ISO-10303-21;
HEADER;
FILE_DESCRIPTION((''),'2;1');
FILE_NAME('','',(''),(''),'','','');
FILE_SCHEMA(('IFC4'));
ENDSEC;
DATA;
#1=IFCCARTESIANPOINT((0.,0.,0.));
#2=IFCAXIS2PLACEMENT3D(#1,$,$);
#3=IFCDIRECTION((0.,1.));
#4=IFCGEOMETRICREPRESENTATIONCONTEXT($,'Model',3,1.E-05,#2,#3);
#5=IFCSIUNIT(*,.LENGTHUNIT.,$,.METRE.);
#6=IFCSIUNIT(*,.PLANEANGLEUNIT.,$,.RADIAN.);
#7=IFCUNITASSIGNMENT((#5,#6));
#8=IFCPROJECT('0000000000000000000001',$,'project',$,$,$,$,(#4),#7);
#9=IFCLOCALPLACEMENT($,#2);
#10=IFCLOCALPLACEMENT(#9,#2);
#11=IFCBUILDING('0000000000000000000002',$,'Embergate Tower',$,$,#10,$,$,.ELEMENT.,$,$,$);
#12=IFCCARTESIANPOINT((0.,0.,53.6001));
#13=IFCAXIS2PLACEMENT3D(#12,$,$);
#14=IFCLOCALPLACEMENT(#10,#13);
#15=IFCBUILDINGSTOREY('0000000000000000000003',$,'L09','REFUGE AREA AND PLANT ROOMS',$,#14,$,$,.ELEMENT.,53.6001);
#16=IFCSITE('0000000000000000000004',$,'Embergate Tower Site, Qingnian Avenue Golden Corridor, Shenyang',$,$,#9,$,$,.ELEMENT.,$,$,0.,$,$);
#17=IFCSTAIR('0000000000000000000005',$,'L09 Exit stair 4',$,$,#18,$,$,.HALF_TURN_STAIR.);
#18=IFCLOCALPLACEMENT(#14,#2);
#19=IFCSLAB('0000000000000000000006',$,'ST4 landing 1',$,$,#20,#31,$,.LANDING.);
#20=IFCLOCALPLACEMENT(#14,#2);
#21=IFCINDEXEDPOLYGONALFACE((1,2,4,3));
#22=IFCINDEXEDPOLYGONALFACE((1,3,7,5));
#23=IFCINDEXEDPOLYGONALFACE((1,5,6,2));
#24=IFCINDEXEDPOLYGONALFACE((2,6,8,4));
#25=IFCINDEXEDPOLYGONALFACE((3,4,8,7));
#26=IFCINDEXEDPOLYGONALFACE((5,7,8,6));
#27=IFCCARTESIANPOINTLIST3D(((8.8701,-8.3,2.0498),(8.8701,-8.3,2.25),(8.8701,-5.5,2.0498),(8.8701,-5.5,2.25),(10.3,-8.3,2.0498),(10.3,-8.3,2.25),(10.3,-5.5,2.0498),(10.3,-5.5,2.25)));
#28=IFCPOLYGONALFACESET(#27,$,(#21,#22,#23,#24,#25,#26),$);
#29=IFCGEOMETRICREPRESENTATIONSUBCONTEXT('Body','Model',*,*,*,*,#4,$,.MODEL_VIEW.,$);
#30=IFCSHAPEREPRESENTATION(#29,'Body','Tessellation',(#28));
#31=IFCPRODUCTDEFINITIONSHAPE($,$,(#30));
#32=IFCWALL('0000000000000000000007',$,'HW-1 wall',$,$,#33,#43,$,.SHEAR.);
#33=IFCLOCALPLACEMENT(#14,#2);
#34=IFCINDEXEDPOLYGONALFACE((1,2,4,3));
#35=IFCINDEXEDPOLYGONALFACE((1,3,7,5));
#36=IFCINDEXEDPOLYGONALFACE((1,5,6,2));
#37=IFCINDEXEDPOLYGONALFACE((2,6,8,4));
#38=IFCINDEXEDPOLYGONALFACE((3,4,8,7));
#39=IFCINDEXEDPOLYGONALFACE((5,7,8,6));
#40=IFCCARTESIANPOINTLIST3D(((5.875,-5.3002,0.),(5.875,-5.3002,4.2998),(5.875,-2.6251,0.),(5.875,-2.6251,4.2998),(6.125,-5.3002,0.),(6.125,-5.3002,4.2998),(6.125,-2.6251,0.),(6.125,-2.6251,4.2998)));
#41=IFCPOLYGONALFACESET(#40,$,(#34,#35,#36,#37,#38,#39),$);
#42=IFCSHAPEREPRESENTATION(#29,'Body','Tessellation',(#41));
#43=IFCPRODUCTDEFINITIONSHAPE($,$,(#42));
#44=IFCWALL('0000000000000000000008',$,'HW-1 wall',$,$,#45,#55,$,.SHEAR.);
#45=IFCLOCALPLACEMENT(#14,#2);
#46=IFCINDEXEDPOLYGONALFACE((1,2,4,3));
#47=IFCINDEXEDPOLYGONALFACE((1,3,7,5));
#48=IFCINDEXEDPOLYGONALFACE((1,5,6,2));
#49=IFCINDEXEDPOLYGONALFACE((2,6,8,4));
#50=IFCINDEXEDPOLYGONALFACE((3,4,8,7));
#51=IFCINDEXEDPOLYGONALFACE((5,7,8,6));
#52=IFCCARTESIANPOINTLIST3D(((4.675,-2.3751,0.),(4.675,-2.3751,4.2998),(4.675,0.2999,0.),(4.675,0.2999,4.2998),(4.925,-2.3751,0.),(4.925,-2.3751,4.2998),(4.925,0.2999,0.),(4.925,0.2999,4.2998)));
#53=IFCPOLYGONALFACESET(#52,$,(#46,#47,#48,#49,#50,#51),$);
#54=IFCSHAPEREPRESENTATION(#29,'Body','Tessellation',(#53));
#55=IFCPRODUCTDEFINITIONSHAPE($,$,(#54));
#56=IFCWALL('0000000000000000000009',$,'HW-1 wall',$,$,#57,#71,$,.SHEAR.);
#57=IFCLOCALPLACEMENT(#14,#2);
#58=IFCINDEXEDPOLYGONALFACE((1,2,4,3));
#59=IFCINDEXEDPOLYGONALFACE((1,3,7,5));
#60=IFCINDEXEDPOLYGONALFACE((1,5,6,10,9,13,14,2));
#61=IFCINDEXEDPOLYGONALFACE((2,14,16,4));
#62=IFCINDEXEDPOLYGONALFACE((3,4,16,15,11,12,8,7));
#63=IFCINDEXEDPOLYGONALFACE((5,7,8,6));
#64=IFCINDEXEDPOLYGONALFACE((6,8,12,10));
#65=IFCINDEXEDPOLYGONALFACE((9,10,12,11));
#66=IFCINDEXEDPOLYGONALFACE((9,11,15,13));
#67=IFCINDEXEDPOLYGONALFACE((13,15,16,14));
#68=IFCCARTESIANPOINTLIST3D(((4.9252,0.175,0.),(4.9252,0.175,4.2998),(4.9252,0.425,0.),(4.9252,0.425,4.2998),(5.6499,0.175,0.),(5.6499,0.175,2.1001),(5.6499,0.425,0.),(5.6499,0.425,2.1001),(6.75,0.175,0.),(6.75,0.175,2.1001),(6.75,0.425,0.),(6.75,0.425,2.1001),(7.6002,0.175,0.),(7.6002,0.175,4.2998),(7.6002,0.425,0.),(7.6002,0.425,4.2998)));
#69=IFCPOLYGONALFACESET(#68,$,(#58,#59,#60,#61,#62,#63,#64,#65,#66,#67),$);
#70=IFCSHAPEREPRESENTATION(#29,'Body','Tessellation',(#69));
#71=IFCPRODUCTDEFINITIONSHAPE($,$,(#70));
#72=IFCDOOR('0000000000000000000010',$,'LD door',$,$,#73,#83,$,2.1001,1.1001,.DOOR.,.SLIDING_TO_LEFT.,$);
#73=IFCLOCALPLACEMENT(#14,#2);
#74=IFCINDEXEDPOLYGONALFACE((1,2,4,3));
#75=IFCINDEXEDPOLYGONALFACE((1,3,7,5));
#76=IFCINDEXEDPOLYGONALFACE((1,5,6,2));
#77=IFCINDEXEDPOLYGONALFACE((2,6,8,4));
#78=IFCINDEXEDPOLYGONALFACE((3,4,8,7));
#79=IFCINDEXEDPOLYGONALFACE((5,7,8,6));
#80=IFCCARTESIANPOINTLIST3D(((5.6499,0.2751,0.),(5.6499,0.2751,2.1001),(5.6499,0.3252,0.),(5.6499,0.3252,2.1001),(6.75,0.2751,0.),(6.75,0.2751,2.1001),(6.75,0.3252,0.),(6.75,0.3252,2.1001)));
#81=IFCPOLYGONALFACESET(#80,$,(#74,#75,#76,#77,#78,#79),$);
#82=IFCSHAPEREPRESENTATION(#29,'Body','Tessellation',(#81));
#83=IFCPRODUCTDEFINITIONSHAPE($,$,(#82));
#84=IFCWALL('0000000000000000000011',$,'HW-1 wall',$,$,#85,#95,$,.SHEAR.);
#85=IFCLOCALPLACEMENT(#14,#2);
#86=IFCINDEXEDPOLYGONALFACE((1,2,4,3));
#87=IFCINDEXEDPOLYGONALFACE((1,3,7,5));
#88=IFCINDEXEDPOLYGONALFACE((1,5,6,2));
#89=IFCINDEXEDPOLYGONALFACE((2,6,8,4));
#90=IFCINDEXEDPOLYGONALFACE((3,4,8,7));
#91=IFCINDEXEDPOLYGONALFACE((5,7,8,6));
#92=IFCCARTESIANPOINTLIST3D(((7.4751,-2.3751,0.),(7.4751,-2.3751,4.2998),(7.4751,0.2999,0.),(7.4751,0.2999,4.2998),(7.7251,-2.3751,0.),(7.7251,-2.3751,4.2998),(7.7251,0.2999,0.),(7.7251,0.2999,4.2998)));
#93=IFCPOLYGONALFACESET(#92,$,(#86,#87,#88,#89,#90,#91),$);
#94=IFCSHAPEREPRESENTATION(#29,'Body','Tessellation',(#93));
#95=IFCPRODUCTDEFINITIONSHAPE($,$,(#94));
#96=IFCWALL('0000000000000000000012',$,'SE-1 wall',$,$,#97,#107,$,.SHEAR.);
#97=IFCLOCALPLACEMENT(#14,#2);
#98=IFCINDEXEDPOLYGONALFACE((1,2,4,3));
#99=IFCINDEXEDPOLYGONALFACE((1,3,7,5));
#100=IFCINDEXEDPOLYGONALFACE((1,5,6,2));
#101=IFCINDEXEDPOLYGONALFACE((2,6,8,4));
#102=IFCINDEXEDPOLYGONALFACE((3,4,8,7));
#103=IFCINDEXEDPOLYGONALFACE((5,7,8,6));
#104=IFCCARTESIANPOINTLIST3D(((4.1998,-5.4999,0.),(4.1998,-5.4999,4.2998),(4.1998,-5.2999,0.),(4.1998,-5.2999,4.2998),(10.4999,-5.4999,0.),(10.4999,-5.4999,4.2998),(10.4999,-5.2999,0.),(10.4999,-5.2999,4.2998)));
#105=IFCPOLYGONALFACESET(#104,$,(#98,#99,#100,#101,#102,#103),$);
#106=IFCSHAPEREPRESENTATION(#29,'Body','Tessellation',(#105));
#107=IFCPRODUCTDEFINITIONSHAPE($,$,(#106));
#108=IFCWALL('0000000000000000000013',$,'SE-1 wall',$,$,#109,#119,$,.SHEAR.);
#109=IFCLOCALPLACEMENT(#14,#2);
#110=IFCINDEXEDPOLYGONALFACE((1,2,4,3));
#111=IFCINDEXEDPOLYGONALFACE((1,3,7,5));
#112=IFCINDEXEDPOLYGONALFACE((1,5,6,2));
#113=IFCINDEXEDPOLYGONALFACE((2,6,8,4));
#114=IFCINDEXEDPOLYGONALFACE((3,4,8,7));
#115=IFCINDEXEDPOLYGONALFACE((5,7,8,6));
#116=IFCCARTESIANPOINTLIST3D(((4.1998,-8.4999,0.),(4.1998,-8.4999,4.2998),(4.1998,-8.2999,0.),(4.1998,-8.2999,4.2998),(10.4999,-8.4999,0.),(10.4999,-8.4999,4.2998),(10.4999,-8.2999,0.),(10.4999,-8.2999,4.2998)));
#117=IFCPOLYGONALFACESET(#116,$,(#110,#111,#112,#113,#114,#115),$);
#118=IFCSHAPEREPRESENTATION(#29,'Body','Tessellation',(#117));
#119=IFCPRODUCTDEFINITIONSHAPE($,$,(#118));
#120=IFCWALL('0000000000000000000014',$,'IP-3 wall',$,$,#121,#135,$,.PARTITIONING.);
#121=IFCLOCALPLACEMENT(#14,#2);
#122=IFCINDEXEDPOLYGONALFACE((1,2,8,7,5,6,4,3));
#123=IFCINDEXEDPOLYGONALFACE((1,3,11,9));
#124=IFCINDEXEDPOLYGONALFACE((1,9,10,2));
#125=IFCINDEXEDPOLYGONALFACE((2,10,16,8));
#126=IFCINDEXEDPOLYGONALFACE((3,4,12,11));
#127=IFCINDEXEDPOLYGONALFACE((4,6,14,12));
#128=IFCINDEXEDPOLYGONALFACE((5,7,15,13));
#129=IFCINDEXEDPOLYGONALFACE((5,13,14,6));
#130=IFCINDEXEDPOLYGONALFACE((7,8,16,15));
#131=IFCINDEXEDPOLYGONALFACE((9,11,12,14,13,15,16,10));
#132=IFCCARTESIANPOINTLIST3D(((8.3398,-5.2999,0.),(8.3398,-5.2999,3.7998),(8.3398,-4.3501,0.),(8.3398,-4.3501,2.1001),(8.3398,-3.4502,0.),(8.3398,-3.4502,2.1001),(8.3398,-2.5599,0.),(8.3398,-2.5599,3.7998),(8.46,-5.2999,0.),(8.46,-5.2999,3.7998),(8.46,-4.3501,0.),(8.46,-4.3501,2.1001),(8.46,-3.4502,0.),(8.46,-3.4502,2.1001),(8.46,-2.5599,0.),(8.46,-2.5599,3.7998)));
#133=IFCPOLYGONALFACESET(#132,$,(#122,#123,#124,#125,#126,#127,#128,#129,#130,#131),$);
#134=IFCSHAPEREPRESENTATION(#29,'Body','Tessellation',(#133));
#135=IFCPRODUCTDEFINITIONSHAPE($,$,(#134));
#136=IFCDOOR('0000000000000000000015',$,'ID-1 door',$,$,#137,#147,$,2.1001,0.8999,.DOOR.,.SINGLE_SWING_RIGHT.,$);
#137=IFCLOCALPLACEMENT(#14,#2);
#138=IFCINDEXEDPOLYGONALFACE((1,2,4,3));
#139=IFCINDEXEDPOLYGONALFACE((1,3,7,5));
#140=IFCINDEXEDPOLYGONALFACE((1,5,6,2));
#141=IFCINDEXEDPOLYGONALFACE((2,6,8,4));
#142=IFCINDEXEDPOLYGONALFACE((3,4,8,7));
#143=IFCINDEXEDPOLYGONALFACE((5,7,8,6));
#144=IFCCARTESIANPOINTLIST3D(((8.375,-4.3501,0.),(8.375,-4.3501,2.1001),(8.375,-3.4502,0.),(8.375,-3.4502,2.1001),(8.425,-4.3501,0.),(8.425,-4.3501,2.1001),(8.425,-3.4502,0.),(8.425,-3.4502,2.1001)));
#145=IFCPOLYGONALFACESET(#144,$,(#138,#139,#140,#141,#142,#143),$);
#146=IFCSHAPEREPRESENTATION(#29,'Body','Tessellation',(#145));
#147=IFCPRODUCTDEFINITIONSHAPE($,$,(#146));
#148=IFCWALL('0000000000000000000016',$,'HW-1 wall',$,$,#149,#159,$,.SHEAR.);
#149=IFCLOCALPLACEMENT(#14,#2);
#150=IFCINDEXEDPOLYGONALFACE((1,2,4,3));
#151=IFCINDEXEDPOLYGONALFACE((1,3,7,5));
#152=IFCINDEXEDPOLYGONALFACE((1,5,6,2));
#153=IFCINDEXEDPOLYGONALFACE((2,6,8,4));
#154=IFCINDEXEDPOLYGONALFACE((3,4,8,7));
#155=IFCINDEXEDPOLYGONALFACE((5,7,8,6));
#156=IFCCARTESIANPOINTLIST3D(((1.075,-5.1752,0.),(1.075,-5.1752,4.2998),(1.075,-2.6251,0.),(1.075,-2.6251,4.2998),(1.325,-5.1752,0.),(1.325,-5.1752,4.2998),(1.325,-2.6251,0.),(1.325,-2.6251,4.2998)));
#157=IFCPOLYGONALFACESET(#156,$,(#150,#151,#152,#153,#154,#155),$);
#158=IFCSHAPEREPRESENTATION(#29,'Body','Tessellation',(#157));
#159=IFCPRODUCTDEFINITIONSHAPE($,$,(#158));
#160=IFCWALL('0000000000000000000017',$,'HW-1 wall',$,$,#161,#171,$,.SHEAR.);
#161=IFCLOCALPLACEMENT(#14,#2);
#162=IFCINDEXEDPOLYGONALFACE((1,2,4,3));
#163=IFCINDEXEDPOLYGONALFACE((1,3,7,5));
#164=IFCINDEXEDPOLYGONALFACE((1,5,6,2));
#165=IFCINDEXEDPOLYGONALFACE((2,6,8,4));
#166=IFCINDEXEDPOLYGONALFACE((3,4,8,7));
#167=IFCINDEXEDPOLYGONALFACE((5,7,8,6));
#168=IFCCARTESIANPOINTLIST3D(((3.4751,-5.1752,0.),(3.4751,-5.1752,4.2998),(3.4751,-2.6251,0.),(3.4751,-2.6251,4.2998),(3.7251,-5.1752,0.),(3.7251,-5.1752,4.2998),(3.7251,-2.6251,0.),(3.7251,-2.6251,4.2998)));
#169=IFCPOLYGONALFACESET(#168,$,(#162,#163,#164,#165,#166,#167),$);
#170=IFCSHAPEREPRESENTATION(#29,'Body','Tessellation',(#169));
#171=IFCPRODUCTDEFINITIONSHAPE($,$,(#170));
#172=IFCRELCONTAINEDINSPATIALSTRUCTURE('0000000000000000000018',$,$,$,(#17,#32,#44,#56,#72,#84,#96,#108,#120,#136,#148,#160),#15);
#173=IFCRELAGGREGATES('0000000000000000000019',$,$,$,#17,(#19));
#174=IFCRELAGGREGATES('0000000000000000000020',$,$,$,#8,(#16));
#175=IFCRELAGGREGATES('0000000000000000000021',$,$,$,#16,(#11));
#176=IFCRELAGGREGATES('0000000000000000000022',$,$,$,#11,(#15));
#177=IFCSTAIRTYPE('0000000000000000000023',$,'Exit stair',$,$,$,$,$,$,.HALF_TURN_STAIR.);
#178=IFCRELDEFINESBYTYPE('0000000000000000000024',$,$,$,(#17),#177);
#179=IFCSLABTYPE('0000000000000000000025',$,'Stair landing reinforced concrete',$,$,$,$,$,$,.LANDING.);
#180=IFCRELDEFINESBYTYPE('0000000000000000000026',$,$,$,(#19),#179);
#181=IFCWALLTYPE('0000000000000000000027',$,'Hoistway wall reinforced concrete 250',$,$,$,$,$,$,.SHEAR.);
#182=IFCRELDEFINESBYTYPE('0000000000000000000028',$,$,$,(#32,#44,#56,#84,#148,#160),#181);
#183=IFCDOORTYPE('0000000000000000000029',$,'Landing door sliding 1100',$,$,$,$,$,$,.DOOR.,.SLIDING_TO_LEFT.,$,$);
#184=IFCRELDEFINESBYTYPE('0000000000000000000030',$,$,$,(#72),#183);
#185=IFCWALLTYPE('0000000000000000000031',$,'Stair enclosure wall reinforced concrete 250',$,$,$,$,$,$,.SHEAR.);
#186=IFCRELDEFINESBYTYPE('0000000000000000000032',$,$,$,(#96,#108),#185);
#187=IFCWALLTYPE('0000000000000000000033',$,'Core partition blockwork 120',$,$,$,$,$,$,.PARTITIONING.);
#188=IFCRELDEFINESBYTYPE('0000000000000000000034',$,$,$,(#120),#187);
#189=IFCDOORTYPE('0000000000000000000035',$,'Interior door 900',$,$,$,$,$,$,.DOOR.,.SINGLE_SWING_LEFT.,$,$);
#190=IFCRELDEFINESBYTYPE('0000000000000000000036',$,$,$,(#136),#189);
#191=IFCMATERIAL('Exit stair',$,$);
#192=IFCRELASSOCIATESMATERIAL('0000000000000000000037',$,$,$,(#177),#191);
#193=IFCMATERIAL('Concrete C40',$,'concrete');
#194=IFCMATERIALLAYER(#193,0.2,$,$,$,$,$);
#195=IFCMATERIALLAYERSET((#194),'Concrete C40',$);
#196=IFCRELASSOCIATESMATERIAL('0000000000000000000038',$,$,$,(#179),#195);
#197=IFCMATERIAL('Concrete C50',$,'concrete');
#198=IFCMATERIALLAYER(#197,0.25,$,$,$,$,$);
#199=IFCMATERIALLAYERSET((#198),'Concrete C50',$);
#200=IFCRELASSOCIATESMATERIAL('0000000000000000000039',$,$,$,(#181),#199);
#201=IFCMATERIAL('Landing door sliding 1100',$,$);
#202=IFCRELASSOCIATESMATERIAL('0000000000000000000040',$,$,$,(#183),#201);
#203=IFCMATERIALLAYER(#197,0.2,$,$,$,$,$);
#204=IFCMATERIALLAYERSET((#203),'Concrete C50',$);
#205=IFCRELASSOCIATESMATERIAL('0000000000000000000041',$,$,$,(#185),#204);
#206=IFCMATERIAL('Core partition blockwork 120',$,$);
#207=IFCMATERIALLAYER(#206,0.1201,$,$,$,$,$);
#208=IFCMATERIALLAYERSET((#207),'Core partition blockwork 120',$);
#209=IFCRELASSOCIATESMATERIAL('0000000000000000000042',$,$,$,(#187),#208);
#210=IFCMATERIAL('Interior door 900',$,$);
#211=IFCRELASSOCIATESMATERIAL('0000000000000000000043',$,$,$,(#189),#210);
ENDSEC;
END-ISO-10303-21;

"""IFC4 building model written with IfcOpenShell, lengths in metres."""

from ifc_helpers import new_model, si_unit, direction, frame, frame_2d, origin, place, context, subcontext, project, spatial, polyline, rectangle, outline, extrude, source, transform, mapped, material, layer, layer_set, type_object, element, fill, aggregate, save


model = new_model("IFC4")

# Units and contexts
model_context = context("Model", 3, precision=1e-05, world=origin(), true_north=direction((0.0, 1.0)))
body_context = subcontext(model_context, "Body", "Model", "MODEL_VIEW")
ifc_project = project(units=[si_unit("LENGTHUNIT", "METRE"), si_unit("PLANEANGLEUNIT", "RADIAN")], contexts=[model_context])

# Site, building, storey
site_placement = place(None, origin())
site = spatial("IfcSite", under=ifc_project, at=site_placement, Name="Embergate Tower Site, Qingnian Avenue Golden Corridor, Shenyang", CompositionType="ELEMENT", RefElevation=0.0)
building_placement = place(site_placement, origin())
building = spatial("IfcBuilding", under=site, at=building_placement, Name="Embergate Tower", CompositionType="ELEMENT")
storey_placement = place(building_placement, frame((0.0, 0.0, 53.6001)))
storey = spatial("IfcBuildingStorey", under=building, at=storey_placement, Name="L09", Description="REFUGE AREA AND PLANT ROOMS", CompositionType="ELEMENT", Elevation=53.6001)

# Stair, slab
ifc_material_1 = material(Name="Exit stair")
stair_type = type_object("IfcStairType", Name="Exit stair", PredefinedType="HALF_TURN_STAIR", material=ifc_material_1)
stair_placement = place(storey_placement, origin())
stair = element("IfcStair", 1, at=stair_placement, inside=storey, type_object=stair_type, Name="L09 Exit stair 4", PredefinedType="HALF_TURN_STAIR")
ifc_material_2 = material(Name="Concrete C40", Category="concrete")
ifc_layer_1 = layer(ifc_material_2, 0.2)
ifc_layer_set_1 = layer_set([ifc_layer_1], Name="Concrete C40")
slab_type = type_object("IfcSlabType", Name="Stair landing reinforced concrete", PredefinedType="LANDING", material=ifc_layer_set_1)
shared_shape_1 = source(origin(), body_context, "Body", "SweptSolid", [
    extrude(outline(polyline([(0.0, 0.0), (1.4299, 0.0), (1.4299, 2.8), (0.0, 2.8), (0.0, 0.0)])), origin(), (0.0, 0.0, 1.0), 0.2002),
])
slab_placement = place(storey_placement, frame((8.8701, -8.3, 2.0498)))
slab = element("IfcSlab", 2, at=slab_placement, type_object=slab_type, Name="ST4 landing 1", PredefinedType="LANDING", context=body_context, shape_type="MappedRepresentation", body=[
    mapped(shared_shape_1, transform((0.0, 0.0, 0.0))),
])

# Walls
ifc_material_3 = material(Name="Concrete C50", Category="concrete")
ifc_layer_2 = layer(ifc_material_3, 0.25)
ifc_layer_set_2 = layer_set([ifc_layer_2], Name="Concrete C50")
wall_type_1 = type_object("IfcWallType", Name="Hoistway wall reinforced concrete 250", PredefinedType="SHEAR", material=ifc_layer_set_2)
shared_shape_2 = source(origin(), body_context, "Body", "SweptSolid", [
    extrude(rectangle(XDim=2.675, YDim=0.25, at=frame_2d((1.3374, 0.0))), origin(), (0.0, 0.0, 1.0), 4.2998),
])
for number, where, z_axis, x_axis, name in (
    (3, (6.0, -5.3, 0.0), (0.0, 0.0, 1.0), (0.0, 1.0, 0.0), "HW-1 wall"),
    (4, (4.8, -2.375, 0.0), (0.0, 0.0, 1.0), (0.0, 1.0, 0.0), "HW-1 wall"),
):
    element("IfcWall", number, at=place(storey_placement, frame(where, z_axis=z_axis, x_axis=x_axis)), inside=storey, type_object=wall_type_1, Name=name, PredefinedType="SHEAR", context=body_context, shape_type="MappedRepresentation", body=[
        mapped(shared_shape_2, transform((0.0, 0.0, 0.0))),
    ])

# Wall, opening, door
wall_1_placement = place(storey_placement, frame((7.6001, 0.3, 0.0), z_axis=(0.0, 0.0, 1.0), x_axis=(-1.0, 0.0, 0.0)))
wall_1 = element("IfcWall", 5, at=wall_1_placement, inside=storey, type_object=wall_type_1, Name="HW-1 wall", PredefinedType="SHEAR", context=body_context, shape_type="MappedRepresentation", body=[
    mapped(shared_shape_2, transform((0.0, 0.0, 0.0))),
])
shared_shape_3 = source(origin(), body_context, "Body", "SweptSolid", [
    extrude(rectangle(XDim=1.1001, YDim=2.1001, at=frame_2d((0.55, 1.05))), frame((0.0, 0.135, 0.0), z_axis=(0.0, -1.0, 0.0), x_axis=(1.0, 0.0, 0.0)), (0.0, 0.0, 1.0), 0.27),
])
opening_1_placement = place(wall_1_placement, frame((0.8501, 0.0, 0.0)))
opening_1 = element("IfcOpeningElement", 6, at=opening_1_placement, cuts=wall_1, PredefinedType="OPENING", context=body_context, shape_type="MappedRepresentation", body=[
    mapped(shared_shape_3, transform((0.0, 0.0, 0.0))),
])
ifc_material_4 = material(Name="Landing door sliding 1100")
door_type_1 = type_object("IfcDoorType", Name="Landing door sliding 1100", OperationType="SLIDING_TO_LEFT", PredefinedType="DOOR", material=ifc_material_4)
shared_shape_4 = source(origin(), body_context, "Body", "SweptSolid", [
    extrude(rectangle(XDim=1.1001, YDim=2.1001, at=frame_2d((0.55, 1.05))), frame((0.0, 0.0249, 0.0), z_axis=(0.0, -1.0, 0.0), x_axis=(1.0, 0.0, 0.0)), (0.0, 0.0, 1.0), 0.05),
])
door_1_placement = place(opening_1_placement, origin())
door_1 = element("IfcDoor", 7, at=door_1_placement, inside=storey, type_object=door_type_1, Name="LD door", OperationType="SLIDING_TO_LEFT", OverallHeight=2.1001, OverallWidth=1.1001, PredefinedType="DOOR", context=body_context, shape_type="MappedRepresentation", body=[
    mapped(shared_shape_4, transform((0.0, 0.0, 0.0))),
])
fill(opening_1, door_1)

# Walls
wall_2_placement = place(storey_placement, frame((7.6001, -2.375, 0.0), z_axis=(0.0, 0.0, 1.0), x_axis=(0.0, 1.0, 0.0)))
element("IfcWall", 8, at=wall_2_placement, inside=storey, type_object=wall_type_1, Name="HW-1 wall", PredefinedType="SHEAR", context=body_context, shape_type="MappedRepresentation", body=[
    mapped(shared_shape_2, transform((0.0, 0.0, 0.0))),
])
ifc_layer_3 = layer(ifc_material_3, 0.2)
ifc_layer_set_3 = layer_set([ifc_layer_3], Name="Concrete C50")
wall_type_2 = type_object("IfcWallType", Name="Stair enclosure wall reinforced concrete 250", PredefinedType="SHEAR", material=ifc_layer_set_3)
shared_shape_5 = source(origin(), body_context, "Body", "SweptSolid", [
    extrude(rectangle(XDim=6.3, YDim=0.2, at=frame_2d((3.1499, 0.0))), origin(), (0.0, 0.0, 1.0), 4.2998),
])
for number, where, z_axis, x_axis, name in (
    (9, (4.2, -5.3999, 0.0), (0.0, 0.0, 1.0), (1.0, 0.0, 0.0), "SE-1 wall"),
    (10, (4.2, -8.3999, 0.0), (0.0, 0.0, 1.0), (1.0, 0.0, 0.0), "SE-1 wall"),
):
    element("IfcWall", number, at=place(storey_placement, frame(where, z_axis=z_axis, x_axis=x_axis)), inside=storey, type_object=wall_type_2, Name=name, PredefinedType="SHEAR", context=body_context, shape_type="MappedRepresentation", body=[
        mapped(shared_shape_5, transform((0.0, 0.0, 0.0))),
    ])

# Wall, opening, door
ifc_material_5 = material(Name="Core partition blockwork 120")
ifc_layer_4 = layer(ifc_material_5, 0.1201)
ifc_layer_set_4 = layer_set([ifc_layer_4], Name="Core partition blockwork 120")
wall_type_3 = type_object("IfcWallType", Name="Core partition blockwork 120", PredefinedType="PARTITIONING", material=ifc_layer_set_4)
shared_shape_6 = source(origin(), body_context, "Body", "SweptSolid", [
    extrude(rectangle(XDim=2.74, YDim=0.1201, at=frame_2d((1.3701, 0.0))), origin(), (0.0, 0.0, 1.0), 3.7998),
])
wall_3_placement = place(storey_placement, frame((8.3999, -5.3, 0.0), z_axis=(0.0, 0.0, 1.0), x_axis=(0.0, 1.0, 0.0)))
wall_3 = element("IfcWall", 11, at=wall_3_placement, inside=storey, type_object=wall_type_3, Name="IP-3 wall", PredefinedType="PARTITIONING", context=body_context, shape_type="MappedRepresentation", body=[
    mapped(shared_shape_6, transform((0.0, 0.0, 0.0))),
])
shared_shape_7 = source(origin(), body_context, "Body", "SweptSolid", [
    extrude(rectangle(XDim=0.8999, YDim=2.1001, at=frame_2d((0.45, 1.05))), frame((0.0, 0.0701, 0.0), z_axis=(0.0, -1.0, 0.0), x_axis=(1.0, 0.0, 0.0)), (0.0, 0.0, 1.0), 0.1401),
])
opening_2_placement = place(wall_3_placement, frame((0.95, 0.0, 0.0)))
opening_2 = element("IfcOpeningElement", 12, at=opening_2_placement, cuts=wall_3, PredefinedType="OPENING", context=body_context, shape_type="MappedRepresentation", body=[
    mapped(shared_shape_7, transform((0.0, 0.0, 0.0))),
])
ifc_material_6 = material(Name="Interior door 900")
door_type_2 = type_object("IfcDoorType", Name="Interior door 900", OperationType="SINGLE_SWING_LEFT", PredefinedType="DOOR", material=ifc_material_6)
shared_shape_8 = source(origin(), body_context, "Body", "SweptSolid", [
    extrude(rectangle(XDim=0.8999, YDim=2.1001, at=frame_2d((0.45, 1.05))), frame((0.0, 0.0249, 0.0), z_axis=(0.0, -1.0, 0.0), x_axis=(1.0, 0.0, 0.0)), (0.0, 0.0, 1.0), 0.05),
])
door_2_placement = place(opening_2_placement, origin())
door_2 = element("IfcDoor", 13, at=door_2_placement, inside=storey, type_object=door_type_2, Name="ID-1 door", OperationType="SINGLE_SWING_RIGHT", OverallHeight=2.1001, OverallWidth=0.8999, PredefinedType="DOOR", context=body_context, shape_type="MappedRepresentation", body=[
    mapped(shared_shape_8, transform((0.0, 0.0, 0.0))),
])
fill(opening_2, door_2)

# Walls
shared_shape_9 = source(origin(), body_context, "Body", "SweptSolid", [
    extrude(rectangle(XDim=2.55, YDim=0.25, at=frame_2d((1.2749, 0.0))), origin(), (0.0, 0.0, 1.0), 4.2998),
])
for number, where, z_axis, x_axis, name in (
    (14, (1.2, -5.175, 0.0), (0.0, 0.0, 1.0), (0.0, 1.0, 0.0), "HW-1 wall"),
    (15, (3.6001, -5.175, 0.0), (0.0, 0.0, 1.0), (0.0, 1.0, 0.0), "HW-1 wall"),
):
    element("IfcWall", number, at=place(storey_placement, frame(where, z_axis=z_axis, x_axis=x_axis)), inside=storey, type_object=wall_type_1, Name=name, PredefinedType="SHEAR", context=body_context, shape_type="MappedRepresentation", body=[
        mapped(shared_shape_9, transform((0.0, 0.0, 0.0))),
    ])

aggregate(stair, [slab])

save(model, "model.ifc")
